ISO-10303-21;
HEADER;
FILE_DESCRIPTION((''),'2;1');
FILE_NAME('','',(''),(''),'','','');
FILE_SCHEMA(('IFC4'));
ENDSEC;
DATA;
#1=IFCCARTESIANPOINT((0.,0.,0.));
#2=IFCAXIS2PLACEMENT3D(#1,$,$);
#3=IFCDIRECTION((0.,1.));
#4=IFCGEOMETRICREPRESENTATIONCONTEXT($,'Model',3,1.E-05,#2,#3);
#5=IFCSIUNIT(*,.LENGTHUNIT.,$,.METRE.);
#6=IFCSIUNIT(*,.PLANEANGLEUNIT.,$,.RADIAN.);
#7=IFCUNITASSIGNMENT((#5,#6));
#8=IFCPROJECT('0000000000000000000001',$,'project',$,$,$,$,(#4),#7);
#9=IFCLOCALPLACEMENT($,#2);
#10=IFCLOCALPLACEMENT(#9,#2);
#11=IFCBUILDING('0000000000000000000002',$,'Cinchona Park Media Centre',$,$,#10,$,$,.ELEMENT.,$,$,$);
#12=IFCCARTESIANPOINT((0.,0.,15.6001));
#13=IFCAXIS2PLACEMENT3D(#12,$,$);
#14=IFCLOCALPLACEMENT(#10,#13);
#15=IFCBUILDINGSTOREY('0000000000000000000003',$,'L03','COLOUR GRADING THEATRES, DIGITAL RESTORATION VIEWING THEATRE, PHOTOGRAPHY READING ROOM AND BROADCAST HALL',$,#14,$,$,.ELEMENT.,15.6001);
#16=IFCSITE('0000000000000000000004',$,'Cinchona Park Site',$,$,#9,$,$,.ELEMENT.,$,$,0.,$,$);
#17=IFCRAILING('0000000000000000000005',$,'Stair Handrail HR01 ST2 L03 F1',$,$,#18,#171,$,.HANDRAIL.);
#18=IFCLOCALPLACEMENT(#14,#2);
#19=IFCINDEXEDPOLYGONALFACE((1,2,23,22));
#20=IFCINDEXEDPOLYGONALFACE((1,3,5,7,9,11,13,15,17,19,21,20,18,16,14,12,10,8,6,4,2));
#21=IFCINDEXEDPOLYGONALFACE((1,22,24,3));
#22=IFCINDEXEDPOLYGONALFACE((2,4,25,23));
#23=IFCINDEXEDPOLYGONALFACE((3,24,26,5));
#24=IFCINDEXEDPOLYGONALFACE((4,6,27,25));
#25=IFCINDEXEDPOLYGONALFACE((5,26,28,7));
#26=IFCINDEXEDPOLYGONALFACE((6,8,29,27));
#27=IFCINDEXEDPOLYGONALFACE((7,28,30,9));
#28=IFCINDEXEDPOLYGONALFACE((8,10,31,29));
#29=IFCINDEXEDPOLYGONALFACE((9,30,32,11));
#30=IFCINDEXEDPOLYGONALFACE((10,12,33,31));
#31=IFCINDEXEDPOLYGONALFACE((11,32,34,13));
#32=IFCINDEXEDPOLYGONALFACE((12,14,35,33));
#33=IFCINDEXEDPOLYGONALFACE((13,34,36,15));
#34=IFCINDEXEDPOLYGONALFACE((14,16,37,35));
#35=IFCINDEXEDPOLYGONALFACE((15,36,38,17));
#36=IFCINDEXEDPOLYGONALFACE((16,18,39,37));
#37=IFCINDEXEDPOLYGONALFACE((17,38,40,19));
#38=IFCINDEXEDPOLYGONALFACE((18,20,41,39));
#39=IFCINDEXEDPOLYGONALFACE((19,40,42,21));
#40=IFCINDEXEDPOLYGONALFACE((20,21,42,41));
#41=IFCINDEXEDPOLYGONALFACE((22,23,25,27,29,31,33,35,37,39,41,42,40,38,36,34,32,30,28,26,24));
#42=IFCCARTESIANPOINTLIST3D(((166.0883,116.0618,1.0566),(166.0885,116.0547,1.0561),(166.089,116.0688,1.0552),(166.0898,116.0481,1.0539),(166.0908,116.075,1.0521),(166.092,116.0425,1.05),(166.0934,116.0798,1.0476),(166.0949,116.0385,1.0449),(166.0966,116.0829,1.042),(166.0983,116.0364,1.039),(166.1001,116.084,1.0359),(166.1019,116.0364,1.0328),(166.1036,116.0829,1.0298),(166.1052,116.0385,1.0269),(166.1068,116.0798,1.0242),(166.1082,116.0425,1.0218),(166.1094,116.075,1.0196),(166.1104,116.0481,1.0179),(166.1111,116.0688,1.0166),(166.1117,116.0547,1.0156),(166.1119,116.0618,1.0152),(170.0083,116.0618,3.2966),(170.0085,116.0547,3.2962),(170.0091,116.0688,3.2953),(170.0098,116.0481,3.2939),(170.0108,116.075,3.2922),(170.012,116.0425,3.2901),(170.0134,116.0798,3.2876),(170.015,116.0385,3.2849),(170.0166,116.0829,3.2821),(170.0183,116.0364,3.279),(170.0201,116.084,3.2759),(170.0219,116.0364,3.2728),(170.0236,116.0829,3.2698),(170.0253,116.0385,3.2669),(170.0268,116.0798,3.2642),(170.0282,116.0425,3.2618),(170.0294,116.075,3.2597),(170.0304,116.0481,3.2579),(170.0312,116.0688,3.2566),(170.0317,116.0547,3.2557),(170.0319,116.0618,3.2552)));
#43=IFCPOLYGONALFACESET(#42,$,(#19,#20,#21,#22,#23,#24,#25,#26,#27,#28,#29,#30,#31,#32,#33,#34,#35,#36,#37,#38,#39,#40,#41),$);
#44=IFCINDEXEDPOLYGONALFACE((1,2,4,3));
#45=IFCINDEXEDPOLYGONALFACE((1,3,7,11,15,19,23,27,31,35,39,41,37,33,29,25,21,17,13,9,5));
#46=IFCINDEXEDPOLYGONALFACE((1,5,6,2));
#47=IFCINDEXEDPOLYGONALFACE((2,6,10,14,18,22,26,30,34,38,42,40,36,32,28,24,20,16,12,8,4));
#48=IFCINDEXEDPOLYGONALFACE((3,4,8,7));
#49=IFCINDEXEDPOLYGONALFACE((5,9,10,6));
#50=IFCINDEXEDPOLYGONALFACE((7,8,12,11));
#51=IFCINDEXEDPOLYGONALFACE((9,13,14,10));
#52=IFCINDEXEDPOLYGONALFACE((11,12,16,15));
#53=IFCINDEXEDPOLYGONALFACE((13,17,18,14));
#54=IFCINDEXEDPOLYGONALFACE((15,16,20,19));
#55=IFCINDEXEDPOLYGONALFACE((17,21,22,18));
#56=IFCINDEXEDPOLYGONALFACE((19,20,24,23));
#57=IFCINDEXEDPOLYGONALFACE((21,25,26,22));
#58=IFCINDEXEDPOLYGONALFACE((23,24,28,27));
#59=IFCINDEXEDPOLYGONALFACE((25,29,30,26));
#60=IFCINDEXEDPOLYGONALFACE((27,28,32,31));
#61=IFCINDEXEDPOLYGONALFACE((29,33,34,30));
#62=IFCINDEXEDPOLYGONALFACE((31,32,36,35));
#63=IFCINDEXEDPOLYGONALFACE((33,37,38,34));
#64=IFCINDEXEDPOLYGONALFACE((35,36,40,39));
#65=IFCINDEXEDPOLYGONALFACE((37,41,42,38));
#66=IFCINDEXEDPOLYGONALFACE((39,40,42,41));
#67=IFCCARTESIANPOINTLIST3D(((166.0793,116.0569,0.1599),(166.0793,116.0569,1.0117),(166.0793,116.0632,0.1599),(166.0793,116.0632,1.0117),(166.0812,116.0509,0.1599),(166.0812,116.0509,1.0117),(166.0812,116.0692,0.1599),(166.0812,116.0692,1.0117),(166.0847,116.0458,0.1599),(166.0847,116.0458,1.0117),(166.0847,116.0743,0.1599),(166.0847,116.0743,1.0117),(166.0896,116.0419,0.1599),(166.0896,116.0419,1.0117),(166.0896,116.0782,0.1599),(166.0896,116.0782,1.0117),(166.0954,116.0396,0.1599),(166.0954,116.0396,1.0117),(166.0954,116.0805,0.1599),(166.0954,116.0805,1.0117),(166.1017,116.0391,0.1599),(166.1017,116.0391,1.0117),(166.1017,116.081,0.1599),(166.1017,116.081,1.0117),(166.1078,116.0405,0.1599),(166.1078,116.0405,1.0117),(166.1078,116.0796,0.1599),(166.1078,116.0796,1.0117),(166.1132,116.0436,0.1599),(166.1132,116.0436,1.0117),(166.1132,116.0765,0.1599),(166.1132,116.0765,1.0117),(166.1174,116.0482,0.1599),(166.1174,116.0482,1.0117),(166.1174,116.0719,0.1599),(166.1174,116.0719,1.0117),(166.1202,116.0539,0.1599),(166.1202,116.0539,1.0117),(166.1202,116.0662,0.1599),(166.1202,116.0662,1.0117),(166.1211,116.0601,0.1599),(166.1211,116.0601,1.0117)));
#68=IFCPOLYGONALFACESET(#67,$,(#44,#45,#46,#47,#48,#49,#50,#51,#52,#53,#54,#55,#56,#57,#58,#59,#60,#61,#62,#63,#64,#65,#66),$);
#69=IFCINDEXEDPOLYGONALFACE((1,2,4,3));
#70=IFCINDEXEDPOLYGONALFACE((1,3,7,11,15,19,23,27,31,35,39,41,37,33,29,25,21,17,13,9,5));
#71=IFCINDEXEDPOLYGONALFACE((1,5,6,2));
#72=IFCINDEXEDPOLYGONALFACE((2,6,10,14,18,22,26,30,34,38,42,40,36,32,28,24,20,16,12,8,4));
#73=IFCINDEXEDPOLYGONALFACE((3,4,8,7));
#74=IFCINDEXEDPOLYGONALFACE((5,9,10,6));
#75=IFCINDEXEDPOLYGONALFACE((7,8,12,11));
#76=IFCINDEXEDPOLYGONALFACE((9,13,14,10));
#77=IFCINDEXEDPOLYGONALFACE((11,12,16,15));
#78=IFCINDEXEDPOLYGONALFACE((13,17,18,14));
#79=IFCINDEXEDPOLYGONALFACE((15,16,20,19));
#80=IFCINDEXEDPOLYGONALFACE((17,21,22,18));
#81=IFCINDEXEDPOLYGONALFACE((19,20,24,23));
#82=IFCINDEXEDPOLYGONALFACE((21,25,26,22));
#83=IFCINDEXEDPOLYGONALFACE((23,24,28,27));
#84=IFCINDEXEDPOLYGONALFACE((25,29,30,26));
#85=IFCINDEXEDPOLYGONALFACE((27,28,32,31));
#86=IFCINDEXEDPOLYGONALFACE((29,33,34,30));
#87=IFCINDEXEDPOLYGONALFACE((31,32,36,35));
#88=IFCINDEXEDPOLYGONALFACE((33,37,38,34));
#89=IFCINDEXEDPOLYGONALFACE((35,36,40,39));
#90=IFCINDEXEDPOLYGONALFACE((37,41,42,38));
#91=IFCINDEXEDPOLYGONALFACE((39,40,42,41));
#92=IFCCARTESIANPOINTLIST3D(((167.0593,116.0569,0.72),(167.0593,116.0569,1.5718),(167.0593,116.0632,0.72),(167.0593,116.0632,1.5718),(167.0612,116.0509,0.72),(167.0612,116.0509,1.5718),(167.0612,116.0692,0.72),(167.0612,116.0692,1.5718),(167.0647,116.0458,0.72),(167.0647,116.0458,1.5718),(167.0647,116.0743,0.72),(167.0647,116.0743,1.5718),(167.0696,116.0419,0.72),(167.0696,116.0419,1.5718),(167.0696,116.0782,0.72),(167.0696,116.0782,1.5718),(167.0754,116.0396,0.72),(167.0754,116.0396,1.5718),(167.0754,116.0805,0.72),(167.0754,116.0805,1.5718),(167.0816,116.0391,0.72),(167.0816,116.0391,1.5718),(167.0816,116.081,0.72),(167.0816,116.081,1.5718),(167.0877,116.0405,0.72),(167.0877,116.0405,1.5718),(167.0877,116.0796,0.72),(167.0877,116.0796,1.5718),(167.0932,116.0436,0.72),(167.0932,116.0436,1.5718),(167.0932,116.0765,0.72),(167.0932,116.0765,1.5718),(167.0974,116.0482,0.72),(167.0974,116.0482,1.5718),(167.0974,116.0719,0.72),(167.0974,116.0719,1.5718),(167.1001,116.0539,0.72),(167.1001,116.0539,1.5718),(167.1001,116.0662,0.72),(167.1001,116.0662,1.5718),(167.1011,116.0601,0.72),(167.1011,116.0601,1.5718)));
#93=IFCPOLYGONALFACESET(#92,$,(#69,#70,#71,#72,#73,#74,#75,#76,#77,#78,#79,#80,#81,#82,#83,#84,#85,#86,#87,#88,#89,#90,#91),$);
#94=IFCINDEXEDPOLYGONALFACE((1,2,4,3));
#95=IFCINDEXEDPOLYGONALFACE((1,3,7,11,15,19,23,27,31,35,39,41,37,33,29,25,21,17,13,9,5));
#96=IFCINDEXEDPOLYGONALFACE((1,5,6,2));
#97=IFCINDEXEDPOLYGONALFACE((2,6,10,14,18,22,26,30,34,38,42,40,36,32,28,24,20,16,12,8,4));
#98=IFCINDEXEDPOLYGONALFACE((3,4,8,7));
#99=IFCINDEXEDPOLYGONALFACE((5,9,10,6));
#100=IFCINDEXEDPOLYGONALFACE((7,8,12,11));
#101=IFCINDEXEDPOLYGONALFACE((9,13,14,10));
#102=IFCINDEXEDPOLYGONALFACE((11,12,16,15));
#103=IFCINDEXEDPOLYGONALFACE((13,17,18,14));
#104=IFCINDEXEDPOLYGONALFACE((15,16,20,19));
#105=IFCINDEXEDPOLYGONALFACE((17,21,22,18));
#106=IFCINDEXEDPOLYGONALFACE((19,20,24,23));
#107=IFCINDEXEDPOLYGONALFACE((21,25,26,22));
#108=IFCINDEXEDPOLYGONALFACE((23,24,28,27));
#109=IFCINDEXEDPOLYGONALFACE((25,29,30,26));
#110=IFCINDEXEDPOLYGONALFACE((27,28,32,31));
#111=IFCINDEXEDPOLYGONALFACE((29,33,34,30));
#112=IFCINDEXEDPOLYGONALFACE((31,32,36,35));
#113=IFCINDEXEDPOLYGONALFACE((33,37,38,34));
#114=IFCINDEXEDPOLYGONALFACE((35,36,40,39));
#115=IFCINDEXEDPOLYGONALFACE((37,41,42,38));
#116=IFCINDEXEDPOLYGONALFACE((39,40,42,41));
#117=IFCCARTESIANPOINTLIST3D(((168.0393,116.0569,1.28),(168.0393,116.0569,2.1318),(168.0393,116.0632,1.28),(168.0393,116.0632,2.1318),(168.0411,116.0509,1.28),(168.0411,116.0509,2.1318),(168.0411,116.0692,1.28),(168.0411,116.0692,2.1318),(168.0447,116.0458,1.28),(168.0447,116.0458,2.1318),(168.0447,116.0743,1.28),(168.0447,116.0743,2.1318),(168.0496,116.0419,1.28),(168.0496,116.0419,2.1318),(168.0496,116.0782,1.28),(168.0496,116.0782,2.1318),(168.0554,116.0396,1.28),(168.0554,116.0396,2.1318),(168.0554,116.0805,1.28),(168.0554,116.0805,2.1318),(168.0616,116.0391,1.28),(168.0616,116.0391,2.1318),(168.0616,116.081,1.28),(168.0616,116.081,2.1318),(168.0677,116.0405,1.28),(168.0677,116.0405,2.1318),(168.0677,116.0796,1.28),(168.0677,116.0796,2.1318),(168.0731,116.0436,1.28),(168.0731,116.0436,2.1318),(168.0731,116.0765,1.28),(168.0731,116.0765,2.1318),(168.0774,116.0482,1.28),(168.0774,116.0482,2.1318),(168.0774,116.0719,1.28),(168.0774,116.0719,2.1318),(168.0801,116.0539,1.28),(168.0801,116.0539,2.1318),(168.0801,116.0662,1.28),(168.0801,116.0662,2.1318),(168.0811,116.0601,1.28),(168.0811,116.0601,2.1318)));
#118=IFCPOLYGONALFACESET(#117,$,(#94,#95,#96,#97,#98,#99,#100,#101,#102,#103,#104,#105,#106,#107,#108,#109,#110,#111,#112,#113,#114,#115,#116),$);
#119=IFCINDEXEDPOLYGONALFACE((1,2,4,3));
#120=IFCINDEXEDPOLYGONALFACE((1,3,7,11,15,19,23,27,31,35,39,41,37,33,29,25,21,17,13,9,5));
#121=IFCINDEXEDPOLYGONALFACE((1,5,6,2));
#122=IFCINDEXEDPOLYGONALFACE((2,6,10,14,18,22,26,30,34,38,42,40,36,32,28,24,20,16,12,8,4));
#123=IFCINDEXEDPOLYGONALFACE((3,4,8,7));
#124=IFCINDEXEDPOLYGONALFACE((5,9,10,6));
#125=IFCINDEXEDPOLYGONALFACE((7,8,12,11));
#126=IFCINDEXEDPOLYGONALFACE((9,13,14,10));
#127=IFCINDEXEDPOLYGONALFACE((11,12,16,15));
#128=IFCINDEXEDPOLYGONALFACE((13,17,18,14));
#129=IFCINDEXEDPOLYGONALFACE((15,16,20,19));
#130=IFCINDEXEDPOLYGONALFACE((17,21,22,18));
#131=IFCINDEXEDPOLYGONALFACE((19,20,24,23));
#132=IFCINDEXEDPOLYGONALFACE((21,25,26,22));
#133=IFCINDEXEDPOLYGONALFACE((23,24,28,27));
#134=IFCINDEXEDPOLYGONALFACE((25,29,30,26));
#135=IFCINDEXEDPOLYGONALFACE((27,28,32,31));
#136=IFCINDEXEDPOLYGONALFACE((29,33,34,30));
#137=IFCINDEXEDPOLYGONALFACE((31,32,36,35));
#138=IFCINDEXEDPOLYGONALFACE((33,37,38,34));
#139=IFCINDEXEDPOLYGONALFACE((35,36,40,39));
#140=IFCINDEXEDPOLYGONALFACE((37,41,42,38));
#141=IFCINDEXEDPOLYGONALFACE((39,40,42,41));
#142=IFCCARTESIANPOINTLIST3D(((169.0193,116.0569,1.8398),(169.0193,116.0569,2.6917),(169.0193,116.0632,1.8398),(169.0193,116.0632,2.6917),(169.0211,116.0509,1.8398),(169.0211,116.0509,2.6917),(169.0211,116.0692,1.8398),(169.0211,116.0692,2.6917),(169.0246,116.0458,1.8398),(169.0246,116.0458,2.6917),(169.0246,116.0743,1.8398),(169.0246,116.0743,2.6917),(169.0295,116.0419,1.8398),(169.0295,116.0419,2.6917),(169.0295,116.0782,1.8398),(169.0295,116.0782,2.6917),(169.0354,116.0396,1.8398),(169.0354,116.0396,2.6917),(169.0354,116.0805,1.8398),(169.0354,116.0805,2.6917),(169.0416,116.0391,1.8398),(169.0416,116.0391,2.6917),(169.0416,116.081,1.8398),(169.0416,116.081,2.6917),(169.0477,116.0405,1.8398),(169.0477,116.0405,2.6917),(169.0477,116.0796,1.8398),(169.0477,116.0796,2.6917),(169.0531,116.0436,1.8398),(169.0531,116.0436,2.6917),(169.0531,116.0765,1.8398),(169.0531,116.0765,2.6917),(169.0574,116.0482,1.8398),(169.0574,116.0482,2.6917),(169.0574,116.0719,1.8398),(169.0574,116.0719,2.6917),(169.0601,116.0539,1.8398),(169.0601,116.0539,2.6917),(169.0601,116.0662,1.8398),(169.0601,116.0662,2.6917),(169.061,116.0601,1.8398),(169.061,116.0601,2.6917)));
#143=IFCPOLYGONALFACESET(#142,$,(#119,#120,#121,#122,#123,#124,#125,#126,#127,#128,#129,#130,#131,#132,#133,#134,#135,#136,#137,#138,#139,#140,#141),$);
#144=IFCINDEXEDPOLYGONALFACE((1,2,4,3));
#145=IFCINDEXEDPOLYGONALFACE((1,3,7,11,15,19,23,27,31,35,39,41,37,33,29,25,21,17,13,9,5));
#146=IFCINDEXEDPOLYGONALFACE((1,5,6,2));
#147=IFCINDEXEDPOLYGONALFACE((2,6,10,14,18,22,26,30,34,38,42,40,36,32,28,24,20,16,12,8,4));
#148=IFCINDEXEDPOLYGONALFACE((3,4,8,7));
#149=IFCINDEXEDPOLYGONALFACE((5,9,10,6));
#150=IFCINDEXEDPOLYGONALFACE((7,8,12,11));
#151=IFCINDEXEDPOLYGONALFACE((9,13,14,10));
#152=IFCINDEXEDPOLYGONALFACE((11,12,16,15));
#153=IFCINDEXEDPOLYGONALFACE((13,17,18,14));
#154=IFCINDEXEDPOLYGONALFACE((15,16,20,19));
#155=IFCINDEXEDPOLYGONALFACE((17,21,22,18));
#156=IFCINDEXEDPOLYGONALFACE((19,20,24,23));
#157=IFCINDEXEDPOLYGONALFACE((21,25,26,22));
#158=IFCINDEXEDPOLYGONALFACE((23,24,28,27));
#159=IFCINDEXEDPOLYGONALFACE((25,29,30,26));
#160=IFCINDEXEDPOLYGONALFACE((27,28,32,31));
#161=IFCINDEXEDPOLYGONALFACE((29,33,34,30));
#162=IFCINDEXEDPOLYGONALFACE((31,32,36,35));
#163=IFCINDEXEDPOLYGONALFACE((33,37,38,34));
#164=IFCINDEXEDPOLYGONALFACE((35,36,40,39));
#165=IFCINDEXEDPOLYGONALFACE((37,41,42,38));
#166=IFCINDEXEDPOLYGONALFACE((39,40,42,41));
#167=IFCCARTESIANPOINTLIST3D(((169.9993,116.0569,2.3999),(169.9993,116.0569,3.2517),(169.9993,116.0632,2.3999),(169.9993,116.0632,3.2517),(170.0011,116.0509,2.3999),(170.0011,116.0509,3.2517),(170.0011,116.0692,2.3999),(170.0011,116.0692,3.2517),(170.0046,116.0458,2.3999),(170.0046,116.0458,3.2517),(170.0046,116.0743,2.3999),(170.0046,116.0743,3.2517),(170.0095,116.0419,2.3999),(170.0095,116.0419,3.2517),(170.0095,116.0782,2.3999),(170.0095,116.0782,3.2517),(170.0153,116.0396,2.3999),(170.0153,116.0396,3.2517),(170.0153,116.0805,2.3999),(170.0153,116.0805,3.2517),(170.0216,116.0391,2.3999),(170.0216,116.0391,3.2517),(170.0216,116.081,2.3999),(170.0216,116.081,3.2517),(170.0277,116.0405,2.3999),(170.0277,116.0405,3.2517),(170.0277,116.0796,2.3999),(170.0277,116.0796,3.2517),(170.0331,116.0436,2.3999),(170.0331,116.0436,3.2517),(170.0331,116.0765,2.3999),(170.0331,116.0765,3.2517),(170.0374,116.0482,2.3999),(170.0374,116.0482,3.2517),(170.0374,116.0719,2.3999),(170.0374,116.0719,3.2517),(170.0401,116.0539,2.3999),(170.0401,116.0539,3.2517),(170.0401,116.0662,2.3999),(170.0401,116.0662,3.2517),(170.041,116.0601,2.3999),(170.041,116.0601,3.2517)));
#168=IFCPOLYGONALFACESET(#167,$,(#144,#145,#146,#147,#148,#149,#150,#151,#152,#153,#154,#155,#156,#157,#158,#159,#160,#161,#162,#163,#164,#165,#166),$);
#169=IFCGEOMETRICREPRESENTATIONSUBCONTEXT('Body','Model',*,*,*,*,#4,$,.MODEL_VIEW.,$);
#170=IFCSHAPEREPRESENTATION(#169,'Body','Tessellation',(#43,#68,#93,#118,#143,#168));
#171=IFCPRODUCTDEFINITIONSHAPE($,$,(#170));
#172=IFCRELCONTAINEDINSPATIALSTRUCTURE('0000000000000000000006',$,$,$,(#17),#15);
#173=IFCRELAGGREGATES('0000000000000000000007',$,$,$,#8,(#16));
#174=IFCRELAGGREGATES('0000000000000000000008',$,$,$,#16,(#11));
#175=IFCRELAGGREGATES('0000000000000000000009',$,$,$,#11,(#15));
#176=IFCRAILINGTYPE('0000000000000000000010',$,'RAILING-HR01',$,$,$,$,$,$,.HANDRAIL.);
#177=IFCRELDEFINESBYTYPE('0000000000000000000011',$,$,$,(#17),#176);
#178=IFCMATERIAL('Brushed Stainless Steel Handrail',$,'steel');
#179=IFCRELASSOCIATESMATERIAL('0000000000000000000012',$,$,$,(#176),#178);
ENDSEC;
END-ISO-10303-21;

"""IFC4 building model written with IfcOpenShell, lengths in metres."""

from ifc_helpers import new_model, si_unit, direction, frame, origin, origin_2d, place, context, subcontext, project, spatial, circle, extrude, material, type_object, element, save


model = new_model("IFC4")

# Units and contexts
model_context = context("Model", 3, precision=1e-05, world=origin(), true_north=direction((0.0, 1.0)))
body_context = subcontext(model_context, "Body", "Model", "MODEL_VIEW")
ifc_project = project(units=[si_unit("LENGTHUNIT", "METRE"), si_unit("PLANEANGLEUNIT", "RADIAN")], contexts=[model_context])

# Site, building, storey
site_placement = place(None, origin())
site = spatial("IfcSite", under=ifc_project, at=site_placement, Name="Cinchona Park Site", CompositionType="ELEMENT", RefElevation=0.0)
building_placement = place(site_placement, origin())
building = spatial("IfcBuilding", under=site, at=building_placement, Name="Cinchona Park Media Centre", CompositionType="ELEMENT")
storey_placement = place(building_placement, frame((0.0, 0.0, 15.6001)))
storey = spatial("IfcBuildingStorey", under=building, at=storey_placement, Name="L03", Description="COLOUR GRADING THEATRES, DIGITAL RESTORATION VIEWING THEATRE, PHOTOGRAPHY READING ROOM AND BROADCAST HALL", CompositionType="ELEMENT", Elevation=15.6001)

# Railing
ifc_material_1 = material(Name="Brushed Stainless Steel Handrail", Category="steel")
railing_type_1 = type_object("IfcRailingType", Name="RAILING-HR01", PredefinedType="HANDRAIL", material=ifc_material_1)
railing_1_placement = place(storey_placement, frame((166.1001, 116.0601, 0.1599)))
element("IfcRailing", 1, at=railing_1_placement, inside=storey, type_object=railing_type_1, Name="Stair Handrail HR01 ST2 L03 F1", PredefinedType="HANDRAIL", context=body_context, shape_type="SweptSolid", body=[
    extrude(circle(Radius=0.0239, at=origin_2d()), frame((0.0, 0.0, 0.876), z_axis=(0.86824, 0.0, 0.496145), x_axis=(0.0, 1.0, 0.0)), (0.0, 0.0, 1.0), 4.5149),
    extrude(circle(Radius=0.021, at=origin_2d()), origin(), (0.0, 0.0, 1.0), 0.8518),
    extrude(circle(Radius=0.021, at=origin_2d()), frame((0.98, 0.0, 0.5601)), (0.0, 0.0, 1.0), 0.8518),
    extrude(circle(Radius=0.021, at=origin_2d()), frame((1.96, 0.0, 1.1201)), (0.0, 0.0, 1.0), 0.8518),
    extrude(circle(Radius=0.021, at=origin_2d()), frame((2.9399, 0.0, 1.6799)), (0.0, 0.0, 1.0), 0.8518),
    extrude(circle(Radius=0.021, at=origin_2d()), frame((3.9199, 0.0, 2.24)), (0.0, 0.0, 1.0), 0.8518),
])

save(model, "model.ifc")
